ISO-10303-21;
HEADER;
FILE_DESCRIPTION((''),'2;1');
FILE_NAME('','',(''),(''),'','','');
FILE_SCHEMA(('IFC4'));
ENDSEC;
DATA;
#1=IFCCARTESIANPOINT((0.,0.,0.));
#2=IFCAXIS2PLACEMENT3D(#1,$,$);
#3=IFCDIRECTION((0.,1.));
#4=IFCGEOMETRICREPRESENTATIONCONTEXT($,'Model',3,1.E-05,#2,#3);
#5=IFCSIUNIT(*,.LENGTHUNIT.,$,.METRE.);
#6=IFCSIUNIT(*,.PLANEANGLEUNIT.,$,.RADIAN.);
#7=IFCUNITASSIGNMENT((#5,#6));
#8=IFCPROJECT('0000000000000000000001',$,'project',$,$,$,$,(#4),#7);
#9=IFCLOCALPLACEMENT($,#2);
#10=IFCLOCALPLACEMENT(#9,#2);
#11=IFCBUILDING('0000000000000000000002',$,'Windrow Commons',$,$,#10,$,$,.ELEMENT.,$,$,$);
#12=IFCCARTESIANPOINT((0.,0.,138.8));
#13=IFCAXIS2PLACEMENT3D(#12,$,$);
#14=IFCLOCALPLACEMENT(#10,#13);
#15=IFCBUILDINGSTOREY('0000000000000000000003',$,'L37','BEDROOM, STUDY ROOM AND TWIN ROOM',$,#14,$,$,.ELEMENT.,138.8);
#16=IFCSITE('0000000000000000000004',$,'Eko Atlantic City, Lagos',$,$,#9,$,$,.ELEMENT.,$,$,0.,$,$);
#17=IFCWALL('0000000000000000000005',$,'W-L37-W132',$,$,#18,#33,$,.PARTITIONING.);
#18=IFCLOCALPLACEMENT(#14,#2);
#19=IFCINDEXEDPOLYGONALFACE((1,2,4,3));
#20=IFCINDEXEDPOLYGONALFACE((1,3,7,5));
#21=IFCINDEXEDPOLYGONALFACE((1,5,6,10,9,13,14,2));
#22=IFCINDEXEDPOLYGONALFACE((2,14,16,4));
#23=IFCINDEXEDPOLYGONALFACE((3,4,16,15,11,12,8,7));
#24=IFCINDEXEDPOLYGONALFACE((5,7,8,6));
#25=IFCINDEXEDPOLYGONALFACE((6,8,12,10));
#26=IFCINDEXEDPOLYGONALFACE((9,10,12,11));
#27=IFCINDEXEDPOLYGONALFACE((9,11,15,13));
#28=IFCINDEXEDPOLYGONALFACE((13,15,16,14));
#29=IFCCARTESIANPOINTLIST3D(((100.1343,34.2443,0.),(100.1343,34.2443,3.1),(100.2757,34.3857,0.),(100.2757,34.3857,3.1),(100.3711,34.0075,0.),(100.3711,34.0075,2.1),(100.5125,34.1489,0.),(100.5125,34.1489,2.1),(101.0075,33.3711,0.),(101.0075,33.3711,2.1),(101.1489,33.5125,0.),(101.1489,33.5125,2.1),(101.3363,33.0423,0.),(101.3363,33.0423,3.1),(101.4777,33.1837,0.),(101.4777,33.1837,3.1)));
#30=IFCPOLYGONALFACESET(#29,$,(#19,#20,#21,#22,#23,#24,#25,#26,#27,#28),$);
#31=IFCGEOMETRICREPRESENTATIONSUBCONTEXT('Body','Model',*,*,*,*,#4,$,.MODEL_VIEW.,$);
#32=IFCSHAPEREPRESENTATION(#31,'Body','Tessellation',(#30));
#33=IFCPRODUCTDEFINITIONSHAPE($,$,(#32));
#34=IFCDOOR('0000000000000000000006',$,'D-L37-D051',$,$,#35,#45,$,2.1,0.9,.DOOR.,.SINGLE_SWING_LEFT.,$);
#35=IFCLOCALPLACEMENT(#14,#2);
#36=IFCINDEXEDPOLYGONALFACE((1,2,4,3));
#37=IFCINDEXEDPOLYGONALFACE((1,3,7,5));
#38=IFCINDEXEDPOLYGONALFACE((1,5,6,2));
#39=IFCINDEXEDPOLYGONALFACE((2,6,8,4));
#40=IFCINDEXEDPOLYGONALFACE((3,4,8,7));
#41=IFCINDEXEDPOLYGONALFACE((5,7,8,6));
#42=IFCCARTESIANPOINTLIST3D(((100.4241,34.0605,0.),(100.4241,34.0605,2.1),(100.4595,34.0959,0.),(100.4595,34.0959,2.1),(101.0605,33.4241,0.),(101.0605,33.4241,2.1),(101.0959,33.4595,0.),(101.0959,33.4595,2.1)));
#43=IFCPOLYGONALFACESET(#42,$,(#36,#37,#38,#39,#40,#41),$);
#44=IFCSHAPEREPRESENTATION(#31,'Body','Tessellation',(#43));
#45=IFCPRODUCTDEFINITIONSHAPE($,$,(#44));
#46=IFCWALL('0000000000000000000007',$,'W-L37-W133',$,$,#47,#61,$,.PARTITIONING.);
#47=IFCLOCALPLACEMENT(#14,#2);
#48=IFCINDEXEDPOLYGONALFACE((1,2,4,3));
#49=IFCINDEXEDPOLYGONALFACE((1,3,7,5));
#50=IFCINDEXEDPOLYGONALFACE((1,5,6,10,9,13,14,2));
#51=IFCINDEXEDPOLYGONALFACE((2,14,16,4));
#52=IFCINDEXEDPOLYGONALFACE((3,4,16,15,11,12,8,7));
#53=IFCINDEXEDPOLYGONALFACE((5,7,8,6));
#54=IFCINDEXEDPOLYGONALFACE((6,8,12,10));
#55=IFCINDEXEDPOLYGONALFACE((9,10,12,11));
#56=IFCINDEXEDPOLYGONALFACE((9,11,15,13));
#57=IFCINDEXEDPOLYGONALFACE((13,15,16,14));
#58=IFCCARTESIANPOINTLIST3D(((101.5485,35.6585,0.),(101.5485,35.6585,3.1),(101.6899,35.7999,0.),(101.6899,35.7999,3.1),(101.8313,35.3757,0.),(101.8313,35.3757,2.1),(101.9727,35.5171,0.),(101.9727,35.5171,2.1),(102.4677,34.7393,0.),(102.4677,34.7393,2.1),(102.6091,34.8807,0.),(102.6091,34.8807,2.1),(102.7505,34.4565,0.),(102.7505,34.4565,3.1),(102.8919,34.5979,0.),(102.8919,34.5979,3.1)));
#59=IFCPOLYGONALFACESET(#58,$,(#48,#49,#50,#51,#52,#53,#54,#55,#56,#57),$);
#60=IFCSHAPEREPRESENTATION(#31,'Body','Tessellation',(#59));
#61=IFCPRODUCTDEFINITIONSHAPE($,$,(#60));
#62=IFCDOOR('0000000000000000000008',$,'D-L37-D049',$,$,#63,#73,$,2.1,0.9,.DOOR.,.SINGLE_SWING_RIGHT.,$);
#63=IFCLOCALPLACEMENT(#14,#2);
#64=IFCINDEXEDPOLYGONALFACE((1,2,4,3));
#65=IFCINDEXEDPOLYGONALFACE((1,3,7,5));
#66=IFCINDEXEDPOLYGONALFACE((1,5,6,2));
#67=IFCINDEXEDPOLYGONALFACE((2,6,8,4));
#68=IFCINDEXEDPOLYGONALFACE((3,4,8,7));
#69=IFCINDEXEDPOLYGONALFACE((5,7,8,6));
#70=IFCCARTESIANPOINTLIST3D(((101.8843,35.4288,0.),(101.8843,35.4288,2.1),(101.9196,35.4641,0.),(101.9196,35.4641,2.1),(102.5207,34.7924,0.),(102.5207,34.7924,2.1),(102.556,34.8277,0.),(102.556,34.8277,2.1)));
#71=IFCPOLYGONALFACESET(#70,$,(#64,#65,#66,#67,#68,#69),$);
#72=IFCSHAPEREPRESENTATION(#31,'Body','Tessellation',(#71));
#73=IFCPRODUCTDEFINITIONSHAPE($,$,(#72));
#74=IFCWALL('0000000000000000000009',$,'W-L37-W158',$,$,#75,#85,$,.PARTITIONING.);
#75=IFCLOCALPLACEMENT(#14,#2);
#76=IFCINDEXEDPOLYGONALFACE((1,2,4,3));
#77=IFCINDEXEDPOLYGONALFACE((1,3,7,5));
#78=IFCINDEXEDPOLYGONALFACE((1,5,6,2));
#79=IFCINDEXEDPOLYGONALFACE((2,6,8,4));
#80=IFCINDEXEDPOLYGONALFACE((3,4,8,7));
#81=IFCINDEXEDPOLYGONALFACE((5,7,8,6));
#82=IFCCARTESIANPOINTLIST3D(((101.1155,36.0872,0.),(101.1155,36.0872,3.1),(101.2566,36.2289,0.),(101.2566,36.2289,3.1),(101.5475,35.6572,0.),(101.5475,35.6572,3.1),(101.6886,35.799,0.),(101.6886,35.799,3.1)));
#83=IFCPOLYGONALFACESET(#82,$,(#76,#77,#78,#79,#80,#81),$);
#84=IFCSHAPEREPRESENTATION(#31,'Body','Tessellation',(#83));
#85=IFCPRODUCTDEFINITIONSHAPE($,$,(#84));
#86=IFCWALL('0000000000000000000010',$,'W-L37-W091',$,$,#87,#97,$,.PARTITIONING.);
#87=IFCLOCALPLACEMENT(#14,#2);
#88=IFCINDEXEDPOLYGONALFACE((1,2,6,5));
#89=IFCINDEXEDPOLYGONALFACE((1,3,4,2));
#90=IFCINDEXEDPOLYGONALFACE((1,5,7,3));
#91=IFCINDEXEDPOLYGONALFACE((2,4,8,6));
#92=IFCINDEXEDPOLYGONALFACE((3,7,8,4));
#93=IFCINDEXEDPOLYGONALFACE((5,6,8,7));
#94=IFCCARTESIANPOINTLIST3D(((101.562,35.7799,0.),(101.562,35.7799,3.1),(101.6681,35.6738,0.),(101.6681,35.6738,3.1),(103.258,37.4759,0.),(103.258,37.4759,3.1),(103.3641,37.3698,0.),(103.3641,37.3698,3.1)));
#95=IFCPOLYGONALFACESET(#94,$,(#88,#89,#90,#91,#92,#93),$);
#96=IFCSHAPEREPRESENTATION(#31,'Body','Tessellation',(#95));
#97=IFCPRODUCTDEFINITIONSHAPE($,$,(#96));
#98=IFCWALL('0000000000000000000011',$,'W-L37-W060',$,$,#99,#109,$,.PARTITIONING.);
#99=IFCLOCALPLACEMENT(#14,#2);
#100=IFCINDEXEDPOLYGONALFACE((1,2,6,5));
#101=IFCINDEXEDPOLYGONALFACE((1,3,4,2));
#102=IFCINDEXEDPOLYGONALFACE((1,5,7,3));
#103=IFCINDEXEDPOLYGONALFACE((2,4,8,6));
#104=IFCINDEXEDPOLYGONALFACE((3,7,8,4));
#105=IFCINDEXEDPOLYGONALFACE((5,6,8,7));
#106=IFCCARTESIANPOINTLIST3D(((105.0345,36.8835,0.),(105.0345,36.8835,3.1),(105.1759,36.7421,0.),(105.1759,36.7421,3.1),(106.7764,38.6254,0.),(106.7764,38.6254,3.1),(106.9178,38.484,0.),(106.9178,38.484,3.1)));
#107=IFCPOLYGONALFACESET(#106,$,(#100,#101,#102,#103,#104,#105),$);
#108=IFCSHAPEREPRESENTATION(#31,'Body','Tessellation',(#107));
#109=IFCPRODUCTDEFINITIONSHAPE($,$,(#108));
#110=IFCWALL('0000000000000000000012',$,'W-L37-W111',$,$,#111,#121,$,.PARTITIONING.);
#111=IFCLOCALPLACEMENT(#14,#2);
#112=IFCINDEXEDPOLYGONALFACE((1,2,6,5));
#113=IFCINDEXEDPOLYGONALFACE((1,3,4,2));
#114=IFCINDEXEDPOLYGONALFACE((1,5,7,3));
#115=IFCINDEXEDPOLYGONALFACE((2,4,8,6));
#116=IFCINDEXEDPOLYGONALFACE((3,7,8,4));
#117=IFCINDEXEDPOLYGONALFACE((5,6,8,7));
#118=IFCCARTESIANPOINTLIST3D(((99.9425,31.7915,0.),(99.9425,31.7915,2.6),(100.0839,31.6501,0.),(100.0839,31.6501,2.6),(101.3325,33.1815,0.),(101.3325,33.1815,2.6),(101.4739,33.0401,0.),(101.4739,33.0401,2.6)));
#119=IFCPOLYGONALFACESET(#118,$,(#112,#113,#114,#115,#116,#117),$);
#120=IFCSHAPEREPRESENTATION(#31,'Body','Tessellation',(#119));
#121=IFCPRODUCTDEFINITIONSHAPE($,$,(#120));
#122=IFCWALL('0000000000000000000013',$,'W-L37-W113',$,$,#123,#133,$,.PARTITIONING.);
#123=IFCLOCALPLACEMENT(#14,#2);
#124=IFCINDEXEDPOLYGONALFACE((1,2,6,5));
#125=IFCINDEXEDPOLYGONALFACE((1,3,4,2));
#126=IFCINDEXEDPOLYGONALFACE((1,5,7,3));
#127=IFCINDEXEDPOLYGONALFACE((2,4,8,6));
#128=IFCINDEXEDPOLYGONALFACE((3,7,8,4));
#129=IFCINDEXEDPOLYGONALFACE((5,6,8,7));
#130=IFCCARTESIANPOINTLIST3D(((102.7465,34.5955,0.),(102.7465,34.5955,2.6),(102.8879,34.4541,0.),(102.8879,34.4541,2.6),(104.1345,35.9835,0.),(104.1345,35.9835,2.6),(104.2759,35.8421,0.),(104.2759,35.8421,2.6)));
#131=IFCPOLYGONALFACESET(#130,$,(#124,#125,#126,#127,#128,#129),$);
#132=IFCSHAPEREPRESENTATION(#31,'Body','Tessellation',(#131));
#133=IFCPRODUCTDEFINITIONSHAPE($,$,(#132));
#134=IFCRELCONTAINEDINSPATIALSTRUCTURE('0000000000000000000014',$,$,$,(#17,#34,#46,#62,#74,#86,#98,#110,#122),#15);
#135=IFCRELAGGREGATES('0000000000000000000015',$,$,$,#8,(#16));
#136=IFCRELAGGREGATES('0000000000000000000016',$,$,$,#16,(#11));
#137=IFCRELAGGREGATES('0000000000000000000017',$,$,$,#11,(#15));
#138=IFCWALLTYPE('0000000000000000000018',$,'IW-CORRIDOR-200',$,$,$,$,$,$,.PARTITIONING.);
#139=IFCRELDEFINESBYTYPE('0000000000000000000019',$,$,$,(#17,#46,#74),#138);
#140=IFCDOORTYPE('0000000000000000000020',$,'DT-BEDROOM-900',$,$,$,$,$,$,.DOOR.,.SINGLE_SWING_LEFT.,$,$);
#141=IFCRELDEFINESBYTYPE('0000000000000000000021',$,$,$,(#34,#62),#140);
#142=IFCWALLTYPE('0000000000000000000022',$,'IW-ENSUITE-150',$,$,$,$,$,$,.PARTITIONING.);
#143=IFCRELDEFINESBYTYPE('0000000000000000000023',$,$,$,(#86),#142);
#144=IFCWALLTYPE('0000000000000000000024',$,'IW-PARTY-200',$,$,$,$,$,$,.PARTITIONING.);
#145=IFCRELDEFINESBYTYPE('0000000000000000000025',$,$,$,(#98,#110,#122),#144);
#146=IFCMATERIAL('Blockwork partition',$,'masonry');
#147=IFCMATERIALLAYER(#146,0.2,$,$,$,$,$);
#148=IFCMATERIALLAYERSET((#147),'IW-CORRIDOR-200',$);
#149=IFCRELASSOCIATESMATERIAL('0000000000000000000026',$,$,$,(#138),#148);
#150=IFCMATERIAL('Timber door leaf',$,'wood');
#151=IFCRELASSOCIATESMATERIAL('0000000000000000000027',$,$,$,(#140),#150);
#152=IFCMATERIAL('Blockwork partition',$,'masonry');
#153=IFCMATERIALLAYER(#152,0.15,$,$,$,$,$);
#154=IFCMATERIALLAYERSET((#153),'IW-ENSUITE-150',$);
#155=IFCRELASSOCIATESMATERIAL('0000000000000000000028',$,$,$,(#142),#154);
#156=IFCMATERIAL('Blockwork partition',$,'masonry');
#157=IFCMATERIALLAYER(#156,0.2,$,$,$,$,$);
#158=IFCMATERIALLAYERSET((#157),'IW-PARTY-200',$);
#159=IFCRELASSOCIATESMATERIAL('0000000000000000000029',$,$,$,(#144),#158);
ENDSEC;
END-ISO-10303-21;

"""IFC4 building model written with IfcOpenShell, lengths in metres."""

from ifc_helpers import new_model, si_unit, direction, frame, frame_2d, origin, place, context, subcontext, project, spatial, rectangle, extrude, material, layer, layer_set, type_object, element, fill, save


model = new_model("IFC4")

# Units and contexts
model_context = context("Model", 3, precision=1e-05, world=origin(), true_north=direction((0.0, 1.0)))
body_context = subcontext(model_context, "Body", "Model", "MODEL_VIEW")
ifc_project = project(units=[si_unit("LENGTHUNIT", "METRE"), si_unit("PLANEANGLEUNIT", "RADIAN")], contexts=[model_context])

# Site, building, storey
site_placement = place(None, origin())
site = spatial("IfcSite", under=ifc_project, at=site_placement, Name="Eko Atlantic City, Lagos", CompositionType="ELEMENT", RefElevation=0.0)
building_placement = place(site_placement, origin())
building = spatial("IfcBuilding", under=site, at=building_placement, Name="Windrow Commons", CompositionType="ELEMENT")
storey_placement = place(building_placement, frame((0.0, 0.0, 138.8)))
storey = spatial("IfcBuildingStorey", under=building, at=storey_placement, Name="L37", Description="BEDROOM, STUDY ROOM AND TWIN ROOM", CompositionType="ELEMENT", Elevation=138.8)

# Walls, openings, doors
ifc_material_1 = material(Name="Blockwork partition", Category="masonry")
ifc_layer_1 = layer(ifc_material_1, 0.2)
ifc_layer_set_1 = layer_set([ifc_layer_1], Name="IW-CORRIDOR-200")
wall_type_1 = type_object("IfcWallType", Name="IW-CORRIDOR-200", PredefinedType="PARTITIONING", material=ifc_layer_set_1)
wall_1_placement = place(storey_placement, frame((100.205, 34.315, 0.0), z_axis=(0.0, 0.0, 1.0), x_axis=(0.707107, -0.707107, 0.0)))
wall_1 = element("IfcWall", 1, at=wall_1_placement, inside=storey, type_object=wall_type_1, Name="W-L37-W132", PredefinedType="PARTITIONING", context=body_context, shape_type="SweptSolid", body=[
    extrude(rectangle(XDim=1.6999, YDim=0.2, at=frame_2d((0.8499, 0.0))), origin(), (0.0, 0.0, 1.0), 3.1),
])
opening_1_placement = place(wall_1_placement, frame((0.3349, 0.0, 0.0)))
opening_1 = element("IfcOpeningElement", 2, at=opening_1_placement, cuts=wall_1, PredefinedType="OPENING", context=body_context, shape_type="SweptSolid", body=[
    extrude(rectangle(XDim=0.9, YDim=2.1, at=frame_2d((0.45, 1.05))), frame((0.0, 0.11, 0.0), z_axis=(0.0, -1.0, 0.0), x_axis=(1.0, 0.0, 0.0)), (0.0, 0.0, 1.0), 0.22),
])
ifc_material_2 = material(Name="Timber door leaf", Category="wood")
door_type_1 = type_object("IfcDoorType", Name="DT-BEDROOM-900", OperationType="SINGLE_SWING_LEFT", PredefinedType="DOOR", material=ifc_material_2)
door_1_placement = place(opening_1_placement, origin())
door_1 = element("IfcDoor", 3, at=door_1_placement, inside=storey, type_object=door_type_1, Name="D-L37-D051", OperationType="SINGLE_SWING_LEFT", OverallHeight=2.1, OverallWidth=0.9, PredefinedType="DOOR", context=body_context, shape_type="SweptSolid", body=[
    extrude(rectangle(XDim=0.9, YDim=2.1, at=frame_2d((0.45, 1.05))), frame((0.0, 0.025, 0.0), z_axis=(0.0, -1.0, 0.0), x_axis=(1.0, 0.0, 0.0)), (0.0, 0.0, 1.0), 0.05),
])
fill(opening_1, door_1)
wall_2_placement = place(storey_placement, frame((101.6192, 35.7292, 0.0), z_axis=(0.0, 0.0, 1.0), x_axis=(0.707107, -0.707107, 0.0)))
wall_2 = element("IfcWall", 4, at=wall_2_placement, inside=storey, type_object=wall_type_1, Name="W-L37-W133", PredefinedType="PARTITIONING", context=body_context, shape_type="SweptSolid", body=[
    extrude(rectangle(XDim=1.6999, YDim=0.2, at=frame_2d((0.8499, 0.0))), origin(), (0.0, 0.0, 1.0), 3.1),
])
opening_2_placement = place(wall_2_placement, frame((0.3999, 0.0, 0.0)))
opening_2 = element("IfcOpeningElement", 5, at=opening_2_placement, cuts=wall_2, PredefinedType="OPENING", context=body_context, shape_type="SweptSolid", body=[
    extrude(rectangle(XDim=0.9, YDim=2.1, at=frame_2d((0.45, 1.05))), frame((0.0, 0.11, 0.0), z_axis=(0.0, -1.0, 0.0), x_axis=(1.0, 0.0, 0.0)), (0.0, 0.0, 1.0), 0.22),
])
door_2_placement = place(opening_2_placement, origin())
door_2 = element("IfcDoor", 6, at=door_2_placement, inside=storey, type_object=door_type_1, Name="D-L37-D049", OperationType="SINGLE_SWING_RIGHT", OverallHeight=2.1, OverallWidth=0.9, PredefinedType="DOOR", context=body_context, shape_type="SweptSolid", body=[
    extrude(rectangle(XDim=0.9, YDim=2.1, at=frame_2d((0.45, 1.05))), frame((0.0, 0.025, 0.0), z_axis=(0.0, -1.0, 0.0), x_axis=(1.0, 0.0, 0.0)), (0.0, 0.0, 1.0), 0.05),
])
fill(opening_2, door_2)

# Walls
wall_3_placement = place(storey_placement, frame((101.186, 36.1581, 0.0), z_axis=(0.0, 0.0, 1.0), x_axis=(0.708745, -0.705464, 0.0)))
element("IfcWall", 7, at=wall_3_placement, inside=storey, type_object=wall_type_1, Name="W-L37-W158", PredefinedType="PARTITIONING", context=body_context, shape_type="SweptSolid", body=[
    extrude(rectangle(XDim=0.6095, YDim=0.2, at=frame_2d((0.3048, 0.0))), origin(), (0.0, 0.0, 1.0), 3.1),
])
ifc_material_3 = material(Name="Blockwork partition", Category="masonry")
ifc_layer_2 = layer(ifc_material_3, 0.15)
ifc_layer_set_2 = layer_set([ifc_layer_2], Name="IW-ENSUITE-150")
wall_type_2 = type_object("IfcWallType", Name="IW-ENSUITE-150", PredefinedType="PARTITIONING", material=ifc_layer_set_2)
wall_4_placement = place(storey_placement, frame((101.6151, 35.7269, 0.0), z_axis=(0.0, 0.0, 1.0), x_axis=(0.707107, 0.707107, 0.0)))
element("IfcWall", 8, at=wall_4_placement, inside=storey, type_object=wall_type_2, Name="W-L37-W091", PredefinedType="PARTITIONING", context=body_context, shape_type="SweptSolid", body=[
    extrude(rectangle(XDim=2.3985, YDim=0.15, at=frame_2d((1.1992, 0.0))), origin(), (0.0, 0.0, 1.0), 3.1),
])
ifc_material_4 = material(Name="Blockwork partition", Category="masonry")
ifc_layer_3 = layer(ifc_material_4, 0.2)
ifc_layer_set_3 = layer_set([ifc_layer_3], Name="IW-PARTY-200")
wall_type_3 = type_object("IfcWallType", Name="IW-PARTY-200", PredefinedType="PARTITIONING", material=ifc_layer_set_3)
wall_5_placement = place(storey_placement, frame((105.1052, 36.8128, 0.0), z_axis=(0.0, 0.0, 1.0), x_axis=(0.707107, 0.707107, 0.0)))
element("IfcWall", 9, at=wall_5_placement, inside=storey, type_object=wall_type_3, Name="W-L37-W060", PredefinedType="PARTITIONING", context=body_context, shape_type="SweptSolid", body=[
    extrude(rectangle(XDim=2.4634, YDim=0.2, at=frame_2d((1.2317, 0.0))), origin(), (0.0, 0.0, 1.0), 3.1),
])
wall_6_placement = place(storey_placement, frame((100.0132, 31.7208, 0.0), z_axis=(0.0, 0.0, 1.0), x_axis=(0.707107, 0.707107, 0.0)))
element("IfcWall", 10, at=wall_6_placement, inside=storey, type_object=wall_type_3, Name="W-L37-W111", PredefinedType="PARTITIONING", context=body_context, shape_type="SweptSolid", body=[
    extrude(rectangle(XDim=1.9658, YDim=0.2, at=frame_2d((0.9829, 0.0))), origin(), (0.0, 0.0, 1.0), 2.6),
])
wall_7_placement = place(storey_placement, frame((102.8172, 34.5248, 0.0), z_axis=(0.0, 0.0, 1.0), x_axis=(0.707107, 0.707107, 0.0)))
element("IfcWall", 11, at=wall_7_placement, inside=storey, type_object=wall_type_3, Name="W-L37-W113", PredefinedType="PARTITIONING", context=body_context, shape_type="SweptSolid", body=[
    extrude(rectangle(XDim=1.9629, YDim=0.2, at=frame_2d((0.9815, 0.0))), origin(), (0.0, 0.0, 1.0), 2.6),
])

save(model, "model.ifc")
